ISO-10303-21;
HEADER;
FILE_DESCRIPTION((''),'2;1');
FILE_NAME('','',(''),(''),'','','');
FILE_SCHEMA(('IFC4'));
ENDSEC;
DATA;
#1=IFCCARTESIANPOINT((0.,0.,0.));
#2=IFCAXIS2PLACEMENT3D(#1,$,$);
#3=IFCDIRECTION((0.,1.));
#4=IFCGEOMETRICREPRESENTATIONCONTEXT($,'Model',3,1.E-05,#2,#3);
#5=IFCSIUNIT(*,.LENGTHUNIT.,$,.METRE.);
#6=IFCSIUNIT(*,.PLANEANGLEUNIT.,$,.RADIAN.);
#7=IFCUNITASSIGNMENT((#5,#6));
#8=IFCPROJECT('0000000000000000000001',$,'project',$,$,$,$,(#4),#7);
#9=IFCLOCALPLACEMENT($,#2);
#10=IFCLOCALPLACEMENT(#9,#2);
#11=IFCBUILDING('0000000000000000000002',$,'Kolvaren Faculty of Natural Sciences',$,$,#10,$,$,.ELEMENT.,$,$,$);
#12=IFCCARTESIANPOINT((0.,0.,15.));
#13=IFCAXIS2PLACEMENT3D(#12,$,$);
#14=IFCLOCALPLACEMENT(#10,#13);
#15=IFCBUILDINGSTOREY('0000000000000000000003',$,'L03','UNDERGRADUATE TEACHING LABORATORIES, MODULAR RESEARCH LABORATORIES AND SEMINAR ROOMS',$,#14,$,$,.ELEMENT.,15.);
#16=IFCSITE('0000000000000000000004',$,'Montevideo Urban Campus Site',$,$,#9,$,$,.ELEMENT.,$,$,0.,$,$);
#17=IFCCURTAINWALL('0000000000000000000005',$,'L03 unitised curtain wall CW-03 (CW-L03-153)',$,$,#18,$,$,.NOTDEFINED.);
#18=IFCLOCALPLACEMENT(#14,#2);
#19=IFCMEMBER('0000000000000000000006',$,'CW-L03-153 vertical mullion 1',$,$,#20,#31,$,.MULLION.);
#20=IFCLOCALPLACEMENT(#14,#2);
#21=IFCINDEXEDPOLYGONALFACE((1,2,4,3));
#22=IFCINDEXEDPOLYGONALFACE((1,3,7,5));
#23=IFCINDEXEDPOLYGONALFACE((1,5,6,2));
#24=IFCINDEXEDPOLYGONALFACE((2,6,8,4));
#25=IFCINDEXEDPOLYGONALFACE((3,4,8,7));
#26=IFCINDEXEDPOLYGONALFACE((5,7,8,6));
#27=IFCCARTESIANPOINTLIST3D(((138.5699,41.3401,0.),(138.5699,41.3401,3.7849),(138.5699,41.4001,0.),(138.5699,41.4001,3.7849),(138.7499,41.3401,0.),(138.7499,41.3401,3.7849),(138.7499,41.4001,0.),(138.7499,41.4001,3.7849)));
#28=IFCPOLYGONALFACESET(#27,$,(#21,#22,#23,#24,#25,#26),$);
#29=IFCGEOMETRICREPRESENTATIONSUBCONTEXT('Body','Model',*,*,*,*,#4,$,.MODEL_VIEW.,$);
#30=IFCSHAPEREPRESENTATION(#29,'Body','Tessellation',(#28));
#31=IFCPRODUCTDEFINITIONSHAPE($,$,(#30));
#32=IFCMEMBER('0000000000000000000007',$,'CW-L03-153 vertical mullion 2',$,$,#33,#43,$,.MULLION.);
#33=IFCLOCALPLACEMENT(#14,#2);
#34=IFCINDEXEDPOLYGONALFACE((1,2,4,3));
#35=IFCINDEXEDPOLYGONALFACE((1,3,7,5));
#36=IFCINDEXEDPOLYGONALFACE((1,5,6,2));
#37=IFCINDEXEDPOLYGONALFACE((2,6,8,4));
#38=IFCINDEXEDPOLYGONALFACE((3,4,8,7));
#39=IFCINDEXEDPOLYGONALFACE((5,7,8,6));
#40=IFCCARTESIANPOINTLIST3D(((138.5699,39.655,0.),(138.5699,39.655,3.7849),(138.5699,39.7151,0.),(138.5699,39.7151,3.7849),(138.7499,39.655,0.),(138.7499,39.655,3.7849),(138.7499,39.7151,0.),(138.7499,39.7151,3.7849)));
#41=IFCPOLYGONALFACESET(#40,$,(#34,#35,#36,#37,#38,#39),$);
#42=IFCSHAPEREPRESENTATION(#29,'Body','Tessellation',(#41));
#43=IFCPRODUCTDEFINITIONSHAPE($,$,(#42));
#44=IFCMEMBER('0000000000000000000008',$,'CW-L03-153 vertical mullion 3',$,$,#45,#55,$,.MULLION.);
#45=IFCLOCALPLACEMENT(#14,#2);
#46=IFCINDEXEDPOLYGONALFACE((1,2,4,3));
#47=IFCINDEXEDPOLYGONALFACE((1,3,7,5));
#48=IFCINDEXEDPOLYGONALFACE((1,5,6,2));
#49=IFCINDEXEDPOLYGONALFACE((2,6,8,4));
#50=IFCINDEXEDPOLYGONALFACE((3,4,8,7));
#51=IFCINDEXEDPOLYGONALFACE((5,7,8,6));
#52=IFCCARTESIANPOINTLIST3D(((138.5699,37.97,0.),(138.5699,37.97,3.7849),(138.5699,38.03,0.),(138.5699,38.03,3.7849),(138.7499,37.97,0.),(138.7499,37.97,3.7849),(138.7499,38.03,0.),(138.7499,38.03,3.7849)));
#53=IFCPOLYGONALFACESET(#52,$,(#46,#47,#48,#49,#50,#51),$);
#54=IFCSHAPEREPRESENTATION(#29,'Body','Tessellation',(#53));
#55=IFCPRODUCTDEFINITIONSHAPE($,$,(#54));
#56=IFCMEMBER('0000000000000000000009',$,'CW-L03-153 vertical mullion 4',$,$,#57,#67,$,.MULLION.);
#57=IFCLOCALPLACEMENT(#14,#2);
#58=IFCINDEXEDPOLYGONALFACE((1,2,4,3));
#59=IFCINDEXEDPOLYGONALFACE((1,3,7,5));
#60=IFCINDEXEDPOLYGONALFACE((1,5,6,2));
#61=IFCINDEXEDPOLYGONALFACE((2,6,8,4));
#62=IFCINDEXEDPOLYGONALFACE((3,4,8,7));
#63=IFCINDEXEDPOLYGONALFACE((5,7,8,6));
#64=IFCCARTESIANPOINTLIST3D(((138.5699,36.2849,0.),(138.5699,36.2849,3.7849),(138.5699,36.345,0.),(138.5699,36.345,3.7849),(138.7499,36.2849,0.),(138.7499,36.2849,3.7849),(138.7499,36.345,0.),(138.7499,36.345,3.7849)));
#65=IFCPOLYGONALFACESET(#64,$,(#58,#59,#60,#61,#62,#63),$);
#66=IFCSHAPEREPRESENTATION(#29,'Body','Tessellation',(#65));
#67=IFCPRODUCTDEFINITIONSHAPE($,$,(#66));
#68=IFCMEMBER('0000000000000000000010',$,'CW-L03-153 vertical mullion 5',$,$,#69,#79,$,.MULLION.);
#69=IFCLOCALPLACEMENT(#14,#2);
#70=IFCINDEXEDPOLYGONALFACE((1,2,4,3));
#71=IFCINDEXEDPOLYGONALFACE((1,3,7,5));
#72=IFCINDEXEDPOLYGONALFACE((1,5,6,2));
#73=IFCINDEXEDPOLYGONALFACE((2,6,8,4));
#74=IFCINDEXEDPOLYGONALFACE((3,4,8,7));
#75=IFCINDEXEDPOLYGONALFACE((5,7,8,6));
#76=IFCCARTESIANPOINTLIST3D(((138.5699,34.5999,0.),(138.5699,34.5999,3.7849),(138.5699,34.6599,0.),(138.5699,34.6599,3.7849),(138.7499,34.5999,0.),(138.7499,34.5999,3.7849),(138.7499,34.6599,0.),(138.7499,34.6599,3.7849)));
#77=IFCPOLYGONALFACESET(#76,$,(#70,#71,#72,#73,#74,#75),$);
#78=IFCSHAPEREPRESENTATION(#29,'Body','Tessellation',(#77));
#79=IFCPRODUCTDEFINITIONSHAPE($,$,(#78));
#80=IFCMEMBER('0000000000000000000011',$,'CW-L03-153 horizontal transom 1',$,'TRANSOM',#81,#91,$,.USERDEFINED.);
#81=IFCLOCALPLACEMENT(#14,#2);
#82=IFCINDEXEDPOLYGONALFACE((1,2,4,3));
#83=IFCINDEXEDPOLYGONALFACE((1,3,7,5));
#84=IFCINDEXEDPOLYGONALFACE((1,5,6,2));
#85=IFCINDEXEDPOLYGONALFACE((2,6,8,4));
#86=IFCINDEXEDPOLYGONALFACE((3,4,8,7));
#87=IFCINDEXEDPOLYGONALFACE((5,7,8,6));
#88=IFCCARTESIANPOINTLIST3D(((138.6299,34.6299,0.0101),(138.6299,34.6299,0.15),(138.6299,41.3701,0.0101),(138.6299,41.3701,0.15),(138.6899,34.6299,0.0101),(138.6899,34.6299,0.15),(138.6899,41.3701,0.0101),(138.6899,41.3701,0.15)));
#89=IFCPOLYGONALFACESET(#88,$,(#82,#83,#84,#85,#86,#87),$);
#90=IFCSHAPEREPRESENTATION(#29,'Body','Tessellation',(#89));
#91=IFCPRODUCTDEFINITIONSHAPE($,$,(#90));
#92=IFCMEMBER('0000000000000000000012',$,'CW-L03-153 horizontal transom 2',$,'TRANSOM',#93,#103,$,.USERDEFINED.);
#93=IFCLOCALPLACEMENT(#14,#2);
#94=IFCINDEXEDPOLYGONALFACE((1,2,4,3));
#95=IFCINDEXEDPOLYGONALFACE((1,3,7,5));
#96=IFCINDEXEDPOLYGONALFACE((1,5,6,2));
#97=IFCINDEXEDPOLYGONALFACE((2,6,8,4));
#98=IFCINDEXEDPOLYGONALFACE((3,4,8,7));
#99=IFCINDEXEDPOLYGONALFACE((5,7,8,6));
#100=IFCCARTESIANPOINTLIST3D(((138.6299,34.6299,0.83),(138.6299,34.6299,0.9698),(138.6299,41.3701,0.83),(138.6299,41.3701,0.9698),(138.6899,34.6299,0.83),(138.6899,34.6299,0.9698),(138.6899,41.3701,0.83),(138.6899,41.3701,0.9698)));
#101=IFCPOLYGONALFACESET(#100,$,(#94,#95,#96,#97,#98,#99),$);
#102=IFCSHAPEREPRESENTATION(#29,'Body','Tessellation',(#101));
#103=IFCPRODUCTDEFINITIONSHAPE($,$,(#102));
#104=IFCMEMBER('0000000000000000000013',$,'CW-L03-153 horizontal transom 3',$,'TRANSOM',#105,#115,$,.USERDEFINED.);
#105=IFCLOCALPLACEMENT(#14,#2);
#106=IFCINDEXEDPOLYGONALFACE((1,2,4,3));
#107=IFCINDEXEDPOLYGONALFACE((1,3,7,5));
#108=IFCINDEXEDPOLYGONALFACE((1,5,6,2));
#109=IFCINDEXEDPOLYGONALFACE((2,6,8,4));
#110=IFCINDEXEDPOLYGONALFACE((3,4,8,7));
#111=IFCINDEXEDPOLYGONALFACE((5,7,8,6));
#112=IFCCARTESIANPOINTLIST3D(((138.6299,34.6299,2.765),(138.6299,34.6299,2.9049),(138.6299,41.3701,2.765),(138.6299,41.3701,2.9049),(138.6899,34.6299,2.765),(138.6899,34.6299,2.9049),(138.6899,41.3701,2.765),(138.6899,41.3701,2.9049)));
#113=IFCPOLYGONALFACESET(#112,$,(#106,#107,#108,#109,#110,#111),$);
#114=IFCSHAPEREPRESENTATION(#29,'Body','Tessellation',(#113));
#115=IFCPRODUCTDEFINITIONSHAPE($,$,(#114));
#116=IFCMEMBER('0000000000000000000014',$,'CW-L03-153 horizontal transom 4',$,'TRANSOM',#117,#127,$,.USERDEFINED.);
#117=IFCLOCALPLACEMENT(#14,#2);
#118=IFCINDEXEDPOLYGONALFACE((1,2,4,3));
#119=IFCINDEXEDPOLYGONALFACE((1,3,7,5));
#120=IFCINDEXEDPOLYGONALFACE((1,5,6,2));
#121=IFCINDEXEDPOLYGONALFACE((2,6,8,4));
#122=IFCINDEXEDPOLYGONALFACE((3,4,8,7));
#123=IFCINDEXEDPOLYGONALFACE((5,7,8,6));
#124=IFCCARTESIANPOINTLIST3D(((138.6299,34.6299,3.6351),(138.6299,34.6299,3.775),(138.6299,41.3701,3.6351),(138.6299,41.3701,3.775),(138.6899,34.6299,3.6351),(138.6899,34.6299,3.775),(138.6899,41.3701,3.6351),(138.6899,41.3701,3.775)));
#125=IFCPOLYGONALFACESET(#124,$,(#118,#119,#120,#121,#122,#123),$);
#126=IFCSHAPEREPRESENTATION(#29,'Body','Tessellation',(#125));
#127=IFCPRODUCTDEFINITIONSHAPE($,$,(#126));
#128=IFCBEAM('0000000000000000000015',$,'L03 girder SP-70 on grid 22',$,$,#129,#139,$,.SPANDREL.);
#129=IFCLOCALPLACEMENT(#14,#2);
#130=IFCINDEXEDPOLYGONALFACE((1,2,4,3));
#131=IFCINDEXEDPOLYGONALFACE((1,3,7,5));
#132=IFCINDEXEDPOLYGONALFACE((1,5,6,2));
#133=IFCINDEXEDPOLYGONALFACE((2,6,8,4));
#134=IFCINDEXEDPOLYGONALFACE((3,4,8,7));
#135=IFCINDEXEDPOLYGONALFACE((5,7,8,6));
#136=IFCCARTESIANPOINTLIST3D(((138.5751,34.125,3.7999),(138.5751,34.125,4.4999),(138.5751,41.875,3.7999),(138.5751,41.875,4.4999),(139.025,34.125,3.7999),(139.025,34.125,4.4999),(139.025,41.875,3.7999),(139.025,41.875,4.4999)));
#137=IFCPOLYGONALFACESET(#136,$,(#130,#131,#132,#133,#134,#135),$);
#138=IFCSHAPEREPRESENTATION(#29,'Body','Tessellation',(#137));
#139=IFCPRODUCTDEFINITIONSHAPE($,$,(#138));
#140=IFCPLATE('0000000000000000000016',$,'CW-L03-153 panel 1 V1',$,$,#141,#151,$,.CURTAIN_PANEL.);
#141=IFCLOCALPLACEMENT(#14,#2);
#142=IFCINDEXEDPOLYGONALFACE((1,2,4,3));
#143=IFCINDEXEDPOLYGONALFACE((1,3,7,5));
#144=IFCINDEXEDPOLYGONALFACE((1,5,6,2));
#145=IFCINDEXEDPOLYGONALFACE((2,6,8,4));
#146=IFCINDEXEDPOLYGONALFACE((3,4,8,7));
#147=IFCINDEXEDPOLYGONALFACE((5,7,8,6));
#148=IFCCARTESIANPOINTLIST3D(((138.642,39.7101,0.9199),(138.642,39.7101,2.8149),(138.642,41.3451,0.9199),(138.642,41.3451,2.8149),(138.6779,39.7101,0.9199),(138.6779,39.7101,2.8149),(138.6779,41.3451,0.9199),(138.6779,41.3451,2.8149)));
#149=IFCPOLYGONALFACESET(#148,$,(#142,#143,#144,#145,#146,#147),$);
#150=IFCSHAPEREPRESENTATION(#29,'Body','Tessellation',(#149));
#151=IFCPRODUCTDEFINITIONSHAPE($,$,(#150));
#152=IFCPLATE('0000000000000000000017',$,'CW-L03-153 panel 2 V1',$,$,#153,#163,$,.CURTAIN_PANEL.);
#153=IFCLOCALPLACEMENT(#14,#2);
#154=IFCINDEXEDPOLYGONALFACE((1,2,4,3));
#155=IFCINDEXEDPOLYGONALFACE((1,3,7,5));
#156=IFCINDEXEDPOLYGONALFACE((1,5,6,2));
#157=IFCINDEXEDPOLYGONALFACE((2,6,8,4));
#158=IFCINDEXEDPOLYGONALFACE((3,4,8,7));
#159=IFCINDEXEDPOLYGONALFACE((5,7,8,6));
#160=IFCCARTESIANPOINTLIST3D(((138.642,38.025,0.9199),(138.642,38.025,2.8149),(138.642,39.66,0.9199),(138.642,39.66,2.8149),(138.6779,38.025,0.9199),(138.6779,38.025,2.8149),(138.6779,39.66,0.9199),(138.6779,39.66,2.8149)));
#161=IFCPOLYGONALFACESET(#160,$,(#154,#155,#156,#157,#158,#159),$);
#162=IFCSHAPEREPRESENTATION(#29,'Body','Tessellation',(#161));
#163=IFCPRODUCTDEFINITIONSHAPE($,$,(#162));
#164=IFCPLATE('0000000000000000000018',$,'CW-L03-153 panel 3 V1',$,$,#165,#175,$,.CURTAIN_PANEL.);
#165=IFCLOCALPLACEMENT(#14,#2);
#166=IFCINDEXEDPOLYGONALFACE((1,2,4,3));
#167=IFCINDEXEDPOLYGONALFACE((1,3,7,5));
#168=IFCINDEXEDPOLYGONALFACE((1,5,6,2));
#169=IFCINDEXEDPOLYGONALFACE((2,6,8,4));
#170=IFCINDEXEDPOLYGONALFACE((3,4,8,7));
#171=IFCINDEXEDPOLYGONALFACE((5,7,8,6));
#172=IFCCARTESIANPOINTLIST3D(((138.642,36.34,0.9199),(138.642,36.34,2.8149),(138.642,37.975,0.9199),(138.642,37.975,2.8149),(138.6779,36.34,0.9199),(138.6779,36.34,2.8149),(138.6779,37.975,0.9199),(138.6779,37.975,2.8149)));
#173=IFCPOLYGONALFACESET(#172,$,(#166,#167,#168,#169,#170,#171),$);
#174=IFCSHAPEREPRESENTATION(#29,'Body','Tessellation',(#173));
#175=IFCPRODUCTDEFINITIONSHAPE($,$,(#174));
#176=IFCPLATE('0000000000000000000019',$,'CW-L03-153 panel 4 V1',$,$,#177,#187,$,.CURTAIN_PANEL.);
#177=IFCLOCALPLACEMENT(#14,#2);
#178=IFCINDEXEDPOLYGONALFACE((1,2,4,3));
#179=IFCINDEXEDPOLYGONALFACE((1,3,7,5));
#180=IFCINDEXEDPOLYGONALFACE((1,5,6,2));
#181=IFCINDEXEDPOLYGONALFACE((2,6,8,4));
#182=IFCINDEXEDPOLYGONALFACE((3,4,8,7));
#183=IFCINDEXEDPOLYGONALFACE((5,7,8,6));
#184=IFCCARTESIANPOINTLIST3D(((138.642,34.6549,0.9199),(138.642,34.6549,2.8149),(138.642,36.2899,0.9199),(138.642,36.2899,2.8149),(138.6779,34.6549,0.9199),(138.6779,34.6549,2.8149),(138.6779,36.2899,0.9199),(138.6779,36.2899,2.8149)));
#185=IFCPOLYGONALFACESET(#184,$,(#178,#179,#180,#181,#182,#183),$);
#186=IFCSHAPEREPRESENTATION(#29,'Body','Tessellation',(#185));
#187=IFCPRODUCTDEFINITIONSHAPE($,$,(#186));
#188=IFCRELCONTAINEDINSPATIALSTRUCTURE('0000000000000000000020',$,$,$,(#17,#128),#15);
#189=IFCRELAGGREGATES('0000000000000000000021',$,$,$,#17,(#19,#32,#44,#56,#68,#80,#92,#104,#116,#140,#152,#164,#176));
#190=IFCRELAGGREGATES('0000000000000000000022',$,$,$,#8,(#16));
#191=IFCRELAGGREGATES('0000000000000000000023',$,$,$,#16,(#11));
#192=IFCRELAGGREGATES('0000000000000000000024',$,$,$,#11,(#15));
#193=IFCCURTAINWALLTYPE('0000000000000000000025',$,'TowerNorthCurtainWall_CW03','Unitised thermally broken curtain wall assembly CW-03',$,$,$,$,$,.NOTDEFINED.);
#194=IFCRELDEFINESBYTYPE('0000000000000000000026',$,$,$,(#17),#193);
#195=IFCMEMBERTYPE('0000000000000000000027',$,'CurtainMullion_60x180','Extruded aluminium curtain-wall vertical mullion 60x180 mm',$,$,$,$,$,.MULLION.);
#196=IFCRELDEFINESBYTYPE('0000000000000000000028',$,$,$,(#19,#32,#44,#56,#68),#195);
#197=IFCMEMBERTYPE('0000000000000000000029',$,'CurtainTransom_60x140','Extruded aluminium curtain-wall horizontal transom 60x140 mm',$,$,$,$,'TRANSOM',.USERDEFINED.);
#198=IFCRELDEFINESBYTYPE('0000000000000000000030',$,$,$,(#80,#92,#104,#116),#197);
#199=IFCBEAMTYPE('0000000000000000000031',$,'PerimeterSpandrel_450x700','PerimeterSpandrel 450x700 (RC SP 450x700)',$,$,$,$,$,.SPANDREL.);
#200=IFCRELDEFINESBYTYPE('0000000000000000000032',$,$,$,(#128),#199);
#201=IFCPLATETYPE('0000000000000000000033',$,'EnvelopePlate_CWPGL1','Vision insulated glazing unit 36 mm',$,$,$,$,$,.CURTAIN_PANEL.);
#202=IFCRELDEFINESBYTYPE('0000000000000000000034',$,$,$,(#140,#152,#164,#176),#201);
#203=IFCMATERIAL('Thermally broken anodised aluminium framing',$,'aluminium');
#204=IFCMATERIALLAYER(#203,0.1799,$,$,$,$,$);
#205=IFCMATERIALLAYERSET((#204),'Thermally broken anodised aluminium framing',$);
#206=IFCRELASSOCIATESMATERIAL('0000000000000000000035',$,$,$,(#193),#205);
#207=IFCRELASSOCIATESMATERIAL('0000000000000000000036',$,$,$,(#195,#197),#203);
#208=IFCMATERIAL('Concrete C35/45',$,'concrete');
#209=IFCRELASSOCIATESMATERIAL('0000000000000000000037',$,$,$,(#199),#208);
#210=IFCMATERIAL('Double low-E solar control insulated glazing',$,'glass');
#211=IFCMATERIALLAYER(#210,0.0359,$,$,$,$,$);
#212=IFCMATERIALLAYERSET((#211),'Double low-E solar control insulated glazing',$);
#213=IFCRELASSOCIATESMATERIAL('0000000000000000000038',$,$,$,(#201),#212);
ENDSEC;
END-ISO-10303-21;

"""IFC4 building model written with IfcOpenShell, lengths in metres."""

from ifc_helpers import new_model, si_unit, direction, frame, origin, origin_2d, place, context, subcontext, project, spatial, rectangle, extrude, material, layer, layer_set, material_profile, profile_set, type_object, element, aggregate, save


model = new_model("IFC4")

# Units and contexts
model_context = context("Model", 3, precision=1e-05, world=origin(), true_north=direction((0.0, 1.0)))
body_context = subcontext(model_context, "Body", "Model", "MODEL_VIEW")
ifc_project = project(units=[si_unit("LENGTHUNIT", "METRE"), si_unit("PLANEANGLEUNIT", "RADIAN")], contexts=[model_context])

# Site, building, storey
site_placement = place(None, origin())
site = spatial("IfcSite", under=ifc_project, at=site_placement, Name="Montevideo Urban Campus Site", CompositionType="ELEMENT", RefElevation=0.0)
building_placement = place(site_placement, origin())
building = spatial("IfcBuilding", under=site, at=building_placement, Name="Kolvaren Faculty of Natural Sciences", CompositionType="ELEMENT")
storey_placement = place(building_placement, frame((0.0, 0.0, 15.0)))
storey = spatial("IfcBuildingStorey", under=building, at=storey_placement, Name="L03", Description="UNDERGRADUATE TEACHING LABORATORIES, MODULAR RESEARCH LABORATORIES AND SEMINAR ROOMS", CompositionType="ELEMENT", Elevation=15.0)

# Curtain wall, members
ifc_material_1 = material(Name="Thermally broken anodised aluminium framing", Category="aluminium")
ifc_layer_1 = layer(ifc_material_1, 0.1799)
ifc_layer_set_1 = layer_set([ifc_layer_1], Name="Thermally broken anodised aluminium framing")
curtain_wall_type = type_object("IfcCurtainWallType", Name="TowerNorthCurtainWall_CW03", Description="Unitised thermally broken curtain wall assembly CW-03", PredefinedType="NOTDEFINED", material=ifc_layer_set_1)
curtain_wall_placement = place(storey_placement, origin())
curtain_wall = element("IfcCurtainWall", 1, at=curtain_wall_placement, inside=storey, type_object=curtain_wall_type, Name="L03 unitised curtain wall CW-03 (CW-L03-153)", PredefinedType="NOTDEFINED")
ifc_material_profile_1 = material_profile(ifc_material_1, rectangle(XDim=0.0601, YDim=0.1799, at=origin_2d()), Name="ALU MUL 60x180")
ifc_profile_set_1 = profile_set([ifc_material_profile_1], Name="Thermally broken anodised aluminium framing")
member_type_1 = type_object("IfcMemberType", Name="CurtainMullion_60x180", Description="Extruded aluminium curtain-wall vertical mullion 60x180 mm", PredefinedType="MULLION", material=ifc_profile_set_1)
member_1_placement = place(storey_placement, frame((138.6599, 41.3701, 0.0), z_axis=(0.0, 0.0, 1.0), x_axis=(0.0, -1.0, 0.0)))
member_1 = element("IfcMember", 2, at=member_1_placement, type_object=member_type_1, Name="CW-L03-153 vertical mullion 1", PredefinedType="MULLION", context=body_context, shape_type="SweptSolid", body=[
    extrude(rectangle(XDim=0.0601, YDim=0.1799, at=origin_2d()), origin(), (0.0, 0.0, 1.0), 3.7849),
])
member_2_placement = place(storey_placement, frame((138.6599, 39.6851, 0.0), z_axis=(0.0, 0.0, 1.0), x_axis=(0.0, -1.0, 0.0)))
member_2 = element("IfcMember", 3, at=member_2_placement, type_object=member_type_1, Name="CW-L03-153 vertical mullion 2", PredefinedType="MULLION", context=body_context, shape_type="SweptSolid", body=[
    extrude(rectangle(XDim=0.0601, YDim=0.1799, at=origin_2d()), origin(), (0.0, 0.0, 1.0), 3.7849),
])
member_3_placement = place(storey_placement, frame((138.6599, 38.0, 0.0), z_axis=(0.0, 0.0, 1.0), x_axis=(0.0, -1.0, 0.0)))
member_3 = element("IfcMember", 4, at=member_3_placement, type_object=member_type_1, Name="CW-L03-153 vertical mullion 3", PredefinedType="MULLION", context=body_context, shape_type="SweptSolid", body=[
    extrude(rectangle(XDim=0.0601, YDim=0.1799, at=origin_2d()), origin(), (0.0, 0.0, 1.0), 3.7849),
])
member_4_placement = place(storey_placement, frame((138.6599, 36.3149, 0.0), z_axis=(0.0, 0.0, 1.0), x_axis=(0.0, -1.0, 0.0)))
member_4 = element("IfcMember", 5, at=member_4_placement, type_object=member_type_1, Name="CW-L03-153 vertical mullion 4", PredefinedType="MULLION", context=body_context, shape_type="SweptSolid", body=[
    extrude(rectangle(XDim=0.0601, YDim=0.1799, at=origin_2d()), origin(), (0.0, 0.0, 1.0), 3.7849),
])
member_5_placement = place(storey_placement, frame((138.6599, 34.6299, 0.0), z_axis=(0.0, 0.0, 1.0), x_axis=(0.0, -1.0, 0.0)))
member_5 = element("IfcMember", 6, at=member_5_placement, type_object=member_type_1, Name="CW-L03-153 vertical mullion 5", PredefinedType="MULLION", context=body_context, shape_type="SweptSolid", body=[
    extrude(rectangle(XDim=0.0601, YDim=0.1799, at=origin_2d()), origin(), (0.0, 0.0, 1.0), 3.7849),
])
ifc_material_profile_2 = material_profile(ifc_material_1, rectangle(XDim=0.0601, YDim=0.1399, at=origin_2d()), Name="ALU TRN 60x140")
ifc_profile_set_2 = profile_set([ifc_material_profile_2], Name="Thermally broken anodised aluminium framing")
member_type_2 = type_object("IfcMemberType", Name="CurtainTransom_60x140", Description="Extruded aluminium curtain-wall horizontal transom 60x140 mm", ElementType="TRANSOM", PredefinedType="USERDEFINED", material=ifc_profile_set_2)
member_6_placement = place(storey_placement, frame((138.6599, 41.3701, 0.0801), z_axis=(0.0, -1.0, 0.0), x_axis=(1.0, 0.0, 0.0)))
member_6 = element("IfcMember", 7, at=member_6_placement, type_object=member_type_2, Name="CW-L03-153 horizontal transom 1", ObjectType="TRANSOM", PredefinedType="USERDEFINED", context=body_context, shape_type="SweptSolid", body=[
    extrude(rectangle(XDim=0.0601, YDim=0.1399, at=origin_2d()), origin(), (0.0, 0.0, 1.0), 6.7402),
])
member_7_placement = place(storey_placement, frame((138.6599, 41.3701, 0.8999), z_axis=(0.0, -1.0, 0.0), x_axis=(1.0, 0.0, 0.0)))
member_7 = element("IfcMember", 8, at=member_7_placement, type_object=member_type_2, Name="CW-L03-153 horizontal transom 2", ObjectType="TRANSOM", PredefinedType="USERDEFINED", context=body_context, shape_type="SweptSolid", body=[
    extrude(rectangle(XDim=0.0601, YDim=0.1399, at=origin_2d()), origin(), (0.0, 0.0, 1.0), 6.7402),
])
member_8_placement = place(storey_placement, frame((138.6599, 41.3701, 2.835), z_axis=(0.0, -1.0, 0.0), x_axis=(1.0, 0.0, 0.0)))
member_8 = element("IfcMember", 9, at=member_8_placement, type_object=member_type_2, Name="CW-L03-153 horizontal transom 3", ObjectType="TRANSOM", PredefinedType="USERDEFINED", context=body_context, shape_type="SweptSolid", body=[
    extrude(rectangle(XDim=0.0601, YDim=0.1399, at=origin_2d()), origin(), (0.0, 0.0, 1.0), 6.7402),
])
member_9_placement = place(storey_placement, frame((138.6599, 41.3701, 3.7051), z_axis=(0.0, -1.0, 0.0), x_axis=(1.0, 0.0, 0.0)))
member_9 = element("IfcMember", 10, at=member_9_placement, type_object=member_type_2, Name="CW-L03-153 horizontal transom 4", ObjectType="TRANSOM", PredefinedType="USERDEFINED", context=body_context, shape_type="SweptSolid", body=[
    extrude(rectangle(XDim=0.0601, YDim=0.1399, at=origin_2d()), origin(), (0.0, 0.0, 1.0), 6.7402),
])

# Beam
ifc_material_2 = material(Name="Concrete C35/45", Category="concrete")
ifc_material_profile_3 = material_profile(ifc_material_2, rectangle(XDim=0.45, YDim=0.7, at=origin_2d()), Name="RC SP 450x700")
ifc_profile_set_3 = profile_set([ifc_material_profile_3], Name="Concrete C35/45")
beam_type = type_object("IfcBeamType", Name="PerimeterSpandrel_450x700", Description="PerimeterSpandrel 450x700 (RC SP 450x700)", PredefinedType="SPANDREL", material=ifc_profile_set_3)
beam_placement = place(storey_placement, frame((138.8, 34.125, 4.1499), z_axis=(0.0, 1.0, 0.0), x_axis=(-1.0, 0.0, 0.0)))
element("IfcBeam", 11, at=beam_placement, inside=storey, type_object=beam_type, Name="L03 girder SP-70 on grid 22", PredefinedType="SPANDREL", context=body_context, shape_type="SweptSolid", body=[
    extrude(rectangle(XDim=0.45, YDim=0.7, at=origin_2d()), origin(), (0.0, 0.0, 1.0), 7.75),
])

# Plates
ifc_material_3 = material(Name="Double low-E solar control insulated glazing", Category="glass")
ifc_layer_2 = layer(ifc_material_3, 0.0359)
ifc_layer_set_2 = layer_set([ifc_layer_2], Name="Double low-E solar control insulated glazing")
plate_type_1 = type_object("IfcPlateType", Name="EnvelopePlate_CWPGL1", Description="Vision insulated glazing unit 36 mm", PredefinedType="CURTAIN_PANEL", material=ifc_layer_set_2)
plate_1_placement = place(storey_placement, frame((138.6599, 40.5276, 0.9199), z_axis=(0.0, 0.0, 1.0), x_axis=(0.0, -1.0, 0.0)))
plate_1 = element("IfcPlate", 12, at=plate_1_placement, type_object=plate_type_1, Name="CW-L03-153 panel 1 V1", PredefinedType="CURTAIN_PANEL", context=body_context, shape_type="SweptSolid", body=[
    extrude(rectangle(XDim=1.635, YDim=0.0359, at=origin_2d()), origin(), (0.0, 0.0, 1.0), 1.895),
])
plate_2_placement = place(storey_placement, frame((138.6599, 38.8425, 0.9199), z_axis=(0.0, 0.0, 1.0), x_axis=(0.0, -1.0, 0.0)))
plate_2 = element("IfcPlate", 13, at=plate_2_placement, type_object=plate_type_1, Name="CW-L03-153 panel 2 V1", PredefinedType="CURTAIN_PANEL", context=body_context, shape_type="SweptSolid", body=[
    extrude(rectangle(XDim=1.635, YDim=0.0359, at=origin_2d()), origin(), (0.0, 0.0, 1.0), 1.895),
])
plate_3_placement = place(storey_placement, frame((138.6599, 37.1575, 0.9199), z_axis=(0.0, 0.0, 1.0), x_axis=(0.0, -1.0, 0.0)))
plate_3 = element("IfcPlate", 14, at=plate_3_placement, type_object=plate_type_1, Name="CW-L03-153 panel 3 V1", PredefinedType="CURTAIN_PANEL", context=body_context, shape_type="SweptSolid", body=[
    extrude(rectangle(XDim=1.635, YDim=0.0359, at=origin_2d()), origin(), (0.0, 0.0, 1.0), 1.895),
])
plate_4_placement = place(storey_placement, frame((138.6599, 35.4724, 0.9199), z_axis=(0.0, 0.0, 1.0), x_axis=(0.0, -1.0, 0.0)))
plate_4 = element("IfcPlate", 15, at=plate_4_placement, type_object=plate_type_1, Name="CW-L03-153 panel 4 V1", PredefinedType="CURTAIN_PANEL", context=body_context, shape_type="SweptSolid", body=[
    extrude(rectangle(XDim=1.635, YDim=0.0359, at=origin_2d()), origin(), (0.0, 0.0, 1.0), 1.895),
])
aggregate(curtain_wall, [member_1, member_2, member_3, member_4, member_5, member_6, member_7, member_8, member_9, plate_1, plate_2, plate_3, plate_4])

save(model, "model.ifc")
